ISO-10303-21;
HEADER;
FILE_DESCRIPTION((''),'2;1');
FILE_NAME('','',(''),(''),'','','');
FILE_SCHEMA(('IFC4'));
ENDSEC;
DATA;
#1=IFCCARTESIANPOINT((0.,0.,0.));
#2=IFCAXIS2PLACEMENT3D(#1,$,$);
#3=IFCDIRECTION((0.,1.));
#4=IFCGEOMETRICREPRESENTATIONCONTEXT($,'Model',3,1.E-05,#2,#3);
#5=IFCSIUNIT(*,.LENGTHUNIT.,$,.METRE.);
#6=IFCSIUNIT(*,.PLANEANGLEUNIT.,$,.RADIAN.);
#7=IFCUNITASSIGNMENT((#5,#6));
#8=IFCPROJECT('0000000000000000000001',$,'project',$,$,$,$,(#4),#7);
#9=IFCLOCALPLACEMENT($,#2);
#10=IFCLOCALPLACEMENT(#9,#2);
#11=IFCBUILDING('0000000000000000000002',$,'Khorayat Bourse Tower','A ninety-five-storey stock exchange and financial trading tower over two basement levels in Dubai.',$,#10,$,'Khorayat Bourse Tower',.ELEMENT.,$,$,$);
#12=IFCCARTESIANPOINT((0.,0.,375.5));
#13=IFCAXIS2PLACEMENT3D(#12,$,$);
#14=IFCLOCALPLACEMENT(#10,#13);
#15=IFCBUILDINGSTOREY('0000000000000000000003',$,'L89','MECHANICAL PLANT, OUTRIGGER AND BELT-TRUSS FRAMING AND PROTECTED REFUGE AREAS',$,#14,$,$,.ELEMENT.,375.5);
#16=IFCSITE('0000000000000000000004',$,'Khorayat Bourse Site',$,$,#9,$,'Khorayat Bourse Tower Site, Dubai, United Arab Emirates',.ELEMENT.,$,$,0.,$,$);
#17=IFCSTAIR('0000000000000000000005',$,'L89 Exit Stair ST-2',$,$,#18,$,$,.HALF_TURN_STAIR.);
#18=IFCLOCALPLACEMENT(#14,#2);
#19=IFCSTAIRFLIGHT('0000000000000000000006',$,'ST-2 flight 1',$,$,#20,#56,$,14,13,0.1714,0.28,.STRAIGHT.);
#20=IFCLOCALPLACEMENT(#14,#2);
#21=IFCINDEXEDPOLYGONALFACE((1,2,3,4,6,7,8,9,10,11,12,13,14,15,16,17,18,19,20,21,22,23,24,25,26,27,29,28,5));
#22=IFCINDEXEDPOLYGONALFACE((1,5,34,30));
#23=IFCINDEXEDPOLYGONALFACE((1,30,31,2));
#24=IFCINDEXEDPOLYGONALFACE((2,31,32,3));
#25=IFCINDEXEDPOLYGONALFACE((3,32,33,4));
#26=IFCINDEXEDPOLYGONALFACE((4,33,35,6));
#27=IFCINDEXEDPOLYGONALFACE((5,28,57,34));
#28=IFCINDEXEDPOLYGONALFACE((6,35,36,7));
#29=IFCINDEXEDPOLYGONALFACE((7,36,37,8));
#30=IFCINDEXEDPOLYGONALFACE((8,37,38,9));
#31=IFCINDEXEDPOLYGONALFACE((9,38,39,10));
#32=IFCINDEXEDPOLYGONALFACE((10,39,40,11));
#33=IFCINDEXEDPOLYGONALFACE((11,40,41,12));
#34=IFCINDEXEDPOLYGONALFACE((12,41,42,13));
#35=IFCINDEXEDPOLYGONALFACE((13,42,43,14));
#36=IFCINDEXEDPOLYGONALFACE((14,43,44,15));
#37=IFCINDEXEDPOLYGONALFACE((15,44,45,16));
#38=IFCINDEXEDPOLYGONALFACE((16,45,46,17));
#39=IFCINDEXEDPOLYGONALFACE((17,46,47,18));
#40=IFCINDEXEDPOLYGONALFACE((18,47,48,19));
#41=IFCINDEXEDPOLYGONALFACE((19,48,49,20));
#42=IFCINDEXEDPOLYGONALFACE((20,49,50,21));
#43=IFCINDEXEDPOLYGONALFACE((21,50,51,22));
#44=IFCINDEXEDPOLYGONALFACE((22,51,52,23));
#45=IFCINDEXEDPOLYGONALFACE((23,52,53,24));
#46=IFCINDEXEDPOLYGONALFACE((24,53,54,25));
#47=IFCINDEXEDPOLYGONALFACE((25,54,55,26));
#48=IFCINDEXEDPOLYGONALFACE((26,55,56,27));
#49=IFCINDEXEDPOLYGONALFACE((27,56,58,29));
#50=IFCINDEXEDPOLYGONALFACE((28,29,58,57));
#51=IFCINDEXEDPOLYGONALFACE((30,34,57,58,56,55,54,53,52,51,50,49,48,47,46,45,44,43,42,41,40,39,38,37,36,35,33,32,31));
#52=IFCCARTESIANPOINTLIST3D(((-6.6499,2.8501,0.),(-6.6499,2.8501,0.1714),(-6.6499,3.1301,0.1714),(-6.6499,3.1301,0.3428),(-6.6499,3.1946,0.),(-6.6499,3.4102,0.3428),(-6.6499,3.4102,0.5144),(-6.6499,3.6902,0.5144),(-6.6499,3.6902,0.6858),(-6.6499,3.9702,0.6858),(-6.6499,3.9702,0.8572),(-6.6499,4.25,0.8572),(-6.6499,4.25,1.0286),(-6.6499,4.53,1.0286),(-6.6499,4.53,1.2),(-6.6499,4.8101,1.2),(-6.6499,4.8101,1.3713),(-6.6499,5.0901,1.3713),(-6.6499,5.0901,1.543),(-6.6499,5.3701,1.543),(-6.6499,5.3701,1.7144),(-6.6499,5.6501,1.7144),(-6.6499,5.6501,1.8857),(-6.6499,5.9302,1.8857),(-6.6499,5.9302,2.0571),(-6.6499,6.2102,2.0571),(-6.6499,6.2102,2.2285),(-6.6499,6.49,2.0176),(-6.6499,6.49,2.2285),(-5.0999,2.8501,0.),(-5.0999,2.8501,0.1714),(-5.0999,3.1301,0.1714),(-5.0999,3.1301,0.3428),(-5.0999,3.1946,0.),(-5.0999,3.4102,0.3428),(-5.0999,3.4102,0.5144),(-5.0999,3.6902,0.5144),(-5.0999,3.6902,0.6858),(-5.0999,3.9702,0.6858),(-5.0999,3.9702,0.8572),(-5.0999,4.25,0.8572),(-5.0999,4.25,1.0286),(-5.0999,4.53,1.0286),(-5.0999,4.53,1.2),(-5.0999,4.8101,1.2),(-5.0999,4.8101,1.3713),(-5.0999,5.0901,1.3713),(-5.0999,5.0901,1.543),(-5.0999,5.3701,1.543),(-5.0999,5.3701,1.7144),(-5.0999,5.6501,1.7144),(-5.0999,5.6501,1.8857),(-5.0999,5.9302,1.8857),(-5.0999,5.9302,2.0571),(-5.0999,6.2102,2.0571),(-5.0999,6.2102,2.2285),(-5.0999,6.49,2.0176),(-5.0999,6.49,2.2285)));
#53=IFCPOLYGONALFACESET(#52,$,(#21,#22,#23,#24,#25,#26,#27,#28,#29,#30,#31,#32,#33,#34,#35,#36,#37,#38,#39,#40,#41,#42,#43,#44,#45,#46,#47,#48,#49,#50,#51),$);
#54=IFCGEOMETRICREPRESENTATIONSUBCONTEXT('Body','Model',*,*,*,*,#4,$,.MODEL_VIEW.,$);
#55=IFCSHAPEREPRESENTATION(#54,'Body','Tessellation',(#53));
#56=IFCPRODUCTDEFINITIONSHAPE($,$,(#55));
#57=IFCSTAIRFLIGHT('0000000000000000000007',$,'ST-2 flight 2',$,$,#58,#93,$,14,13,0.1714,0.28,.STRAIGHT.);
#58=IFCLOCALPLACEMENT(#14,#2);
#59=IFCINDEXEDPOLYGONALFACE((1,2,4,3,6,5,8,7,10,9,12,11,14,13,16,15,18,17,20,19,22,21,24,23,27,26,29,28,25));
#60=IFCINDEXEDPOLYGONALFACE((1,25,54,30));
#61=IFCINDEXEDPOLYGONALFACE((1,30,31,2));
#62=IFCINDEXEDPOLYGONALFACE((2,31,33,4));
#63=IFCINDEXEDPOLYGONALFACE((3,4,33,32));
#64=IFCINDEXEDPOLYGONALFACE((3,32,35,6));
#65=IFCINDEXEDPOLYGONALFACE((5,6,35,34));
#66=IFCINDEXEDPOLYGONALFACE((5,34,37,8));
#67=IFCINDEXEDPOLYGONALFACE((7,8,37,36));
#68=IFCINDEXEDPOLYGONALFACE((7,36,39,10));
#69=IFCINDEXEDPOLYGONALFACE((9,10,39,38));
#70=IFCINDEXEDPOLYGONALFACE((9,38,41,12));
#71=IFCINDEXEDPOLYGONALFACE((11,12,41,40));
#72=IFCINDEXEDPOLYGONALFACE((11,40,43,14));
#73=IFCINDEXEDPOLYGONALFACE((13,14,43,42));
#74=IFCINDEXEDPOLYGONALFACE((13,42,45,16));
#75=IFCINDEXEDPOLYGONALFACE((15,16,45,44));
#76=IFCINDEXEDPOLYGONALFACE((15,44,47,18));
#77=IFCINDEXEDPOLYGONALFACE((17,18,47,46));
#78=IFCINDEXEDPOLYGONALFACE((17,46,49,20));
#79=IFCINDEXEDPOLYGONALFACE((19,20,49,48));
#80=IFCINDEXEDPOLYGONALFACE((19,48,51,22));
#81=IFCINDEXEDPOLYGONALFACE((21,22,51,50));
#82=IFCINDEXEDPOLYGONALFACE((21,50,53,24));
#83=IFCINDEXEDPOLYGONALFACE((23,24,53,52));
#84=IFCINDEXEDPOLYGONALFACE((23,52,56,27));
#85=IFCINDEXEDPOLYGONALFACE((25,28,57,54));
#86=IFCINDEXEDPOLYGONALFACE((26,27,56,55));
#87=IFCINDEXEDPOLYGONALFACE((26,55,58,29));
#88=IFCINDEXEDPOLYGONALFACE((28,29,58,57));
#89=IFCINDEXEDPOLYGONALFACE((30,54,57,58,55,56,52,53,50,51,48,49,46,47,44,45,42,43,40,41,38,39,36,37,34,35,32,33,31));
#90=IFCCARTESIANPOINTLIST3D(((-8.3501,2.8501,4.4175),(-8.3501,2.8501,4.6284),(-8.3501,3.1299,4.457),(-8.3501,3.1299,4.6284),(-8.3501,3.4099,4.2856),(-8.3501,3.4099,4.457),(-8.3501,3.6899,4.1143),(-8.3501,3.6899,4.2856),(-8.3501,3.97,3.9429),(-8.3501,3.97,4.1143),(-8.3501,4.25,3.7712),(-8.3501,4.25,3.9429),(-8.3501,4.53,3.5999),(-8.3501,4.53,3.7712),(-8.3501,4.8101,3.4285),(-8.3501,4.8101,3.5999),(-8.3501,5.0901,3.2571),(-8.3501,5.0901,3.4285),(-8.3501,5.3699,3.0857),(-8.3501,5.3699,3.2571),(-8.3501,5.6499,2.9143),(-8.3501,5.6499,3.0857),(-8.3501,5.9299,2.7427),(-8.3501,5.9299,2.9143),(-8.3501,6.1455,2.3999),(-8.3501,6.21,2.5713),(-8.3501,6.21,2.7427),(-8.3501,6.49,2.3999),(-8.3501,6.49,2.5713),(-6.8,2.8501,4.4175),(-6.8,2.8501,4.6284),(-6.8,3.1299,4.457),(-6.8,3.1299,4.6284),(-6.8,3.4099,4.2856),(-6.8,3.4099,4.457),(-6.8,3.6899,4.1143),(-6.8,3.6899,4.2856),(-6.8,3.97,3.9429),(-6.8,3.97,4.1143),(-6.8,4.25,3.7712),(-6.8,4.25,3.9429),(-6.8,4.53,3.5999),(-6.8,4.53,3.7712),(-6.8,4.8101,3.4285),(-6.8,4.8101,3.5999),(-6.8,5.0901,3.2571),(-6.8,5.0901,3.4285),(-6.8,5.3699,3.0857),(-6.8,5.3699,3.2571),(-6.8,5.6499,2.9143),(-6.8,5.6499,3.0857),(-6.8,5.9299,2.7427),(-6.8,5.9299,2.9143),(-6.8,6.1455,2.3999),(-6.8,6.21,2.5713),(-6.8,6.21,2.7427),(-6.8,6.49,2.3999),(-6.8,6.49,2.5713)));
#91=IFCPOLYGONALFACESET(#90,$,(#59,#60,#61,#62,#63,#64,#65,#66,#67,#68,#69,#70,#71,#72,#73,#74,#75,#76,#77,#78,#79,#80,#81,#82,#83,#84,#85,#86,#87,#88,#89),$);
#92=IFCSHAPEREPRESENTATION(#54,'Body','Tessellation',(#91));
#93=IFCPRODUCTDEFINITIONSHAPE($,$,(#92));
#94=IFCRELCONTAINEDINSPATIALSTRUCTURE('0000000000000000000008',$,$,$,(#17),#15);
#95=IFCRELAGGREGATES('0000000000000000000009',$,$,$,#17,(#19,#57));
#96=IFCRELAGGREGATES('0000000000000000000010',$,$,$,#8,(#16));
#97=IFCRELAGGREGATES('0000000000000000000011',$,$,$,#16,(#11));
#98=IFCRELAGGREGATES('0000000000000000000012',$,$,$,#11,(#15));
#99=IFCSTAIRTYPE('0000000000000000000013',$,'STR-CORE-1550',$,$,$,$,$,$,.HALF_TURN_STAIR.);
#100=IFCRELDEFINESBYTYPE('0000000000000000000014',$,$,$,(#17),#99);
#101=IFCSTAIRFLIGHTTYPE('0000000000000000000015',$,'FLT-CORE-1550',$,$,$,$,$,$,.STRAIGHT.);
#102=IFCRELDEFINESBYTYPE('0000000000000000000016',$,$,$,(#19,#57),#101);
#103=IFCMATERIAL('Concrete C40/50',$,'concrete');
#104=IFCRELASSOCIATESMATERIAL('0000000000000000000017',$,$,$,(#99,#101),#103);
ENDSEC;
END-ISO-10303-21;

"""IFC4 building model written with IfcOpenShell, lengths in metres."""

from ifc_helpers import new_model, si_unit, direction, frame, origin, place, context, subcontext, project, spatial, polyline, outline, extrude, source, transform, mapped, material, type_object, element, aggregate, save


model = new_model("IFC4")

# Units and contexts
model_context = context("Model", 3, precision=1e-05, world=origin(), true_north=direction((0.0, 1.0)))
body_context = subcontext(model_context, "Body", "Model", "MODEL_VIEW")
ifc_project = project(units=[si_unit("LENGTHUNIT", "METRE"), si_unit("PLANEANGLEUNIT", "RADIAN")], contexts=[model_context])

# Site, building, storey
site_placement = place(None, origin())
site = spatial("IfcSite", under=ifc_project, at=site_placement, Name="Khorayat Bourse Site", LongName="Khorayat Bourse Tower Site, Dubai, United Arab Emirates", CompositionType="ELEMENT", RefElevation=0.0)
building_placement = place(site_placement, origin())
building = spatial("IfcBuilding", under=site, at=building_placement, Name="Khorayat Bourse Tower", Description="A ninety-five-storey stock exchange and financial trading tower over two basement levels in Dubai.", LongName="Khorayat Bourse Tower", CompositionType="ELEMENT")
storey_placement = place(building_placement, frame((0.0, 0.0, 375.5)))
storey = spatial("IfcBuildingStorey", under=building, at=storey_placement, Name="L89", Description="MECHANICAL PLANT, OUTRIGGER AND BELT-TRUSS FRAMING AND PROTECTED REFUGE AREAS", CompositionType="ELEMENT", Elevation=375.5)

# Stair, stair flights
ifc_material_1 = material(Name="Concrete C40/50", Category="concrete")
stair_type = type_object("IfcStairType", Name="STR-CORE-1550", PredefinedType="HALF_TURN_STAIR", material=ifc_material_1)
stair_placement = place(storey_placement, origin())
stair = element("IfcStair", 1, at=stair_placement, inside=storey, type_object=stair_type, Name="L89 Exit Stair ST-2", PredefinedType="HALF_TURN_STAIR")
stair_flight_type = type_object("IfcStairFlightType", Name="FLT-CORE-1550", PredefinedType="STRAIGHT", material=ifc_material_1)
shared_shape_1 = source(origin(), body_context, "Body", "SweptSolid", [
    extrude(outline(polyline([(0.0, 0.0), (0.0, 0.1714), (0.28, 0.1714), (0.28, 0.3428), (0.5601, 0.3428), (0.5601, 0.5144), (0.8401, 0.5144), (0.8401, 0.6858), (1.1201, 0.6858), (1.1201, 0.8572), (1.3999, 0.8572), (1.3999, 1.0286), (1.6799, 1.0286), (1.6799, 1.2), (1.96, 1.2), (1.96, 1.3713), (2.24, 1.3713), (2.24, 1.543), (2.52, 1.543), (2.52, 1.7144), (2.8, 1.7144), (2.8, 1.8857), (3.0801, 1.8857), (3.0801, 2.0571), (3.3601, 2.0571), (3.3601, 2.2285), (3.6399, 2.2285), (3.6399, 2.3999), (3.6399, 2.0176), (0.3445, 0.0), (0.0, 0.0)])), frame((0.0, 0.7749, 0.0), z_axis=(0.0, -1.0, 0.0), x_axis=(1.0, 0.0, 0.0)), (0.0, 0.0, 1.0), 1.55),
])
stair_flight_1_placement = place(storey_placement, frame((-5.875, 2.8501, 0.0), z_axis=(0.0, 0.0, 1.0), x_axis=(0.0, 1.0, 0.0)))
stair_flight_1 = element("IfcStairFlight", 2, at=stair_flight_1_placement, type_object=stair_flight_type, Name="ST-2 flight 1", NumberOfRisers=14, NumberOfTreads=13, PredefinedType="STRAIGHT", RiserHeight=0.1714, TreadLength=0.28, context=body_context, shape_type="MappedRepresentation", body=[
    mapped(shared_shape_1, transform((0.0, 0.0, 0.0), scale=1.0)),
])
stair_flight_2_placement = place(storey_placement, frame((-7.575, 6.49, 2.3999), z_axis=(0.0, 0.0, 1.0), x_axis=(0.0, -1.0, 0.0)))
stair_flight_2 = element("IfcStairFlight", 3, at=stair_flight_2_placement, type_object=stair_flight_type, Name="ST-2 flight 2", NumberOfRisers=14, NumberOfTreads=13, PredefinedType="STRAIGHT", RiserHeight=0.1714, TreadLength=0.28, context=body_context, shape_type="MappedRepresentation", body=[
    mapped(shared_shape_1, transform((0.0, 0.0, 0.0), scale=1.0)),
])
aggregate(stair, [stair_flight_1, stair_flight_2])

save(model, "model.ifc")
